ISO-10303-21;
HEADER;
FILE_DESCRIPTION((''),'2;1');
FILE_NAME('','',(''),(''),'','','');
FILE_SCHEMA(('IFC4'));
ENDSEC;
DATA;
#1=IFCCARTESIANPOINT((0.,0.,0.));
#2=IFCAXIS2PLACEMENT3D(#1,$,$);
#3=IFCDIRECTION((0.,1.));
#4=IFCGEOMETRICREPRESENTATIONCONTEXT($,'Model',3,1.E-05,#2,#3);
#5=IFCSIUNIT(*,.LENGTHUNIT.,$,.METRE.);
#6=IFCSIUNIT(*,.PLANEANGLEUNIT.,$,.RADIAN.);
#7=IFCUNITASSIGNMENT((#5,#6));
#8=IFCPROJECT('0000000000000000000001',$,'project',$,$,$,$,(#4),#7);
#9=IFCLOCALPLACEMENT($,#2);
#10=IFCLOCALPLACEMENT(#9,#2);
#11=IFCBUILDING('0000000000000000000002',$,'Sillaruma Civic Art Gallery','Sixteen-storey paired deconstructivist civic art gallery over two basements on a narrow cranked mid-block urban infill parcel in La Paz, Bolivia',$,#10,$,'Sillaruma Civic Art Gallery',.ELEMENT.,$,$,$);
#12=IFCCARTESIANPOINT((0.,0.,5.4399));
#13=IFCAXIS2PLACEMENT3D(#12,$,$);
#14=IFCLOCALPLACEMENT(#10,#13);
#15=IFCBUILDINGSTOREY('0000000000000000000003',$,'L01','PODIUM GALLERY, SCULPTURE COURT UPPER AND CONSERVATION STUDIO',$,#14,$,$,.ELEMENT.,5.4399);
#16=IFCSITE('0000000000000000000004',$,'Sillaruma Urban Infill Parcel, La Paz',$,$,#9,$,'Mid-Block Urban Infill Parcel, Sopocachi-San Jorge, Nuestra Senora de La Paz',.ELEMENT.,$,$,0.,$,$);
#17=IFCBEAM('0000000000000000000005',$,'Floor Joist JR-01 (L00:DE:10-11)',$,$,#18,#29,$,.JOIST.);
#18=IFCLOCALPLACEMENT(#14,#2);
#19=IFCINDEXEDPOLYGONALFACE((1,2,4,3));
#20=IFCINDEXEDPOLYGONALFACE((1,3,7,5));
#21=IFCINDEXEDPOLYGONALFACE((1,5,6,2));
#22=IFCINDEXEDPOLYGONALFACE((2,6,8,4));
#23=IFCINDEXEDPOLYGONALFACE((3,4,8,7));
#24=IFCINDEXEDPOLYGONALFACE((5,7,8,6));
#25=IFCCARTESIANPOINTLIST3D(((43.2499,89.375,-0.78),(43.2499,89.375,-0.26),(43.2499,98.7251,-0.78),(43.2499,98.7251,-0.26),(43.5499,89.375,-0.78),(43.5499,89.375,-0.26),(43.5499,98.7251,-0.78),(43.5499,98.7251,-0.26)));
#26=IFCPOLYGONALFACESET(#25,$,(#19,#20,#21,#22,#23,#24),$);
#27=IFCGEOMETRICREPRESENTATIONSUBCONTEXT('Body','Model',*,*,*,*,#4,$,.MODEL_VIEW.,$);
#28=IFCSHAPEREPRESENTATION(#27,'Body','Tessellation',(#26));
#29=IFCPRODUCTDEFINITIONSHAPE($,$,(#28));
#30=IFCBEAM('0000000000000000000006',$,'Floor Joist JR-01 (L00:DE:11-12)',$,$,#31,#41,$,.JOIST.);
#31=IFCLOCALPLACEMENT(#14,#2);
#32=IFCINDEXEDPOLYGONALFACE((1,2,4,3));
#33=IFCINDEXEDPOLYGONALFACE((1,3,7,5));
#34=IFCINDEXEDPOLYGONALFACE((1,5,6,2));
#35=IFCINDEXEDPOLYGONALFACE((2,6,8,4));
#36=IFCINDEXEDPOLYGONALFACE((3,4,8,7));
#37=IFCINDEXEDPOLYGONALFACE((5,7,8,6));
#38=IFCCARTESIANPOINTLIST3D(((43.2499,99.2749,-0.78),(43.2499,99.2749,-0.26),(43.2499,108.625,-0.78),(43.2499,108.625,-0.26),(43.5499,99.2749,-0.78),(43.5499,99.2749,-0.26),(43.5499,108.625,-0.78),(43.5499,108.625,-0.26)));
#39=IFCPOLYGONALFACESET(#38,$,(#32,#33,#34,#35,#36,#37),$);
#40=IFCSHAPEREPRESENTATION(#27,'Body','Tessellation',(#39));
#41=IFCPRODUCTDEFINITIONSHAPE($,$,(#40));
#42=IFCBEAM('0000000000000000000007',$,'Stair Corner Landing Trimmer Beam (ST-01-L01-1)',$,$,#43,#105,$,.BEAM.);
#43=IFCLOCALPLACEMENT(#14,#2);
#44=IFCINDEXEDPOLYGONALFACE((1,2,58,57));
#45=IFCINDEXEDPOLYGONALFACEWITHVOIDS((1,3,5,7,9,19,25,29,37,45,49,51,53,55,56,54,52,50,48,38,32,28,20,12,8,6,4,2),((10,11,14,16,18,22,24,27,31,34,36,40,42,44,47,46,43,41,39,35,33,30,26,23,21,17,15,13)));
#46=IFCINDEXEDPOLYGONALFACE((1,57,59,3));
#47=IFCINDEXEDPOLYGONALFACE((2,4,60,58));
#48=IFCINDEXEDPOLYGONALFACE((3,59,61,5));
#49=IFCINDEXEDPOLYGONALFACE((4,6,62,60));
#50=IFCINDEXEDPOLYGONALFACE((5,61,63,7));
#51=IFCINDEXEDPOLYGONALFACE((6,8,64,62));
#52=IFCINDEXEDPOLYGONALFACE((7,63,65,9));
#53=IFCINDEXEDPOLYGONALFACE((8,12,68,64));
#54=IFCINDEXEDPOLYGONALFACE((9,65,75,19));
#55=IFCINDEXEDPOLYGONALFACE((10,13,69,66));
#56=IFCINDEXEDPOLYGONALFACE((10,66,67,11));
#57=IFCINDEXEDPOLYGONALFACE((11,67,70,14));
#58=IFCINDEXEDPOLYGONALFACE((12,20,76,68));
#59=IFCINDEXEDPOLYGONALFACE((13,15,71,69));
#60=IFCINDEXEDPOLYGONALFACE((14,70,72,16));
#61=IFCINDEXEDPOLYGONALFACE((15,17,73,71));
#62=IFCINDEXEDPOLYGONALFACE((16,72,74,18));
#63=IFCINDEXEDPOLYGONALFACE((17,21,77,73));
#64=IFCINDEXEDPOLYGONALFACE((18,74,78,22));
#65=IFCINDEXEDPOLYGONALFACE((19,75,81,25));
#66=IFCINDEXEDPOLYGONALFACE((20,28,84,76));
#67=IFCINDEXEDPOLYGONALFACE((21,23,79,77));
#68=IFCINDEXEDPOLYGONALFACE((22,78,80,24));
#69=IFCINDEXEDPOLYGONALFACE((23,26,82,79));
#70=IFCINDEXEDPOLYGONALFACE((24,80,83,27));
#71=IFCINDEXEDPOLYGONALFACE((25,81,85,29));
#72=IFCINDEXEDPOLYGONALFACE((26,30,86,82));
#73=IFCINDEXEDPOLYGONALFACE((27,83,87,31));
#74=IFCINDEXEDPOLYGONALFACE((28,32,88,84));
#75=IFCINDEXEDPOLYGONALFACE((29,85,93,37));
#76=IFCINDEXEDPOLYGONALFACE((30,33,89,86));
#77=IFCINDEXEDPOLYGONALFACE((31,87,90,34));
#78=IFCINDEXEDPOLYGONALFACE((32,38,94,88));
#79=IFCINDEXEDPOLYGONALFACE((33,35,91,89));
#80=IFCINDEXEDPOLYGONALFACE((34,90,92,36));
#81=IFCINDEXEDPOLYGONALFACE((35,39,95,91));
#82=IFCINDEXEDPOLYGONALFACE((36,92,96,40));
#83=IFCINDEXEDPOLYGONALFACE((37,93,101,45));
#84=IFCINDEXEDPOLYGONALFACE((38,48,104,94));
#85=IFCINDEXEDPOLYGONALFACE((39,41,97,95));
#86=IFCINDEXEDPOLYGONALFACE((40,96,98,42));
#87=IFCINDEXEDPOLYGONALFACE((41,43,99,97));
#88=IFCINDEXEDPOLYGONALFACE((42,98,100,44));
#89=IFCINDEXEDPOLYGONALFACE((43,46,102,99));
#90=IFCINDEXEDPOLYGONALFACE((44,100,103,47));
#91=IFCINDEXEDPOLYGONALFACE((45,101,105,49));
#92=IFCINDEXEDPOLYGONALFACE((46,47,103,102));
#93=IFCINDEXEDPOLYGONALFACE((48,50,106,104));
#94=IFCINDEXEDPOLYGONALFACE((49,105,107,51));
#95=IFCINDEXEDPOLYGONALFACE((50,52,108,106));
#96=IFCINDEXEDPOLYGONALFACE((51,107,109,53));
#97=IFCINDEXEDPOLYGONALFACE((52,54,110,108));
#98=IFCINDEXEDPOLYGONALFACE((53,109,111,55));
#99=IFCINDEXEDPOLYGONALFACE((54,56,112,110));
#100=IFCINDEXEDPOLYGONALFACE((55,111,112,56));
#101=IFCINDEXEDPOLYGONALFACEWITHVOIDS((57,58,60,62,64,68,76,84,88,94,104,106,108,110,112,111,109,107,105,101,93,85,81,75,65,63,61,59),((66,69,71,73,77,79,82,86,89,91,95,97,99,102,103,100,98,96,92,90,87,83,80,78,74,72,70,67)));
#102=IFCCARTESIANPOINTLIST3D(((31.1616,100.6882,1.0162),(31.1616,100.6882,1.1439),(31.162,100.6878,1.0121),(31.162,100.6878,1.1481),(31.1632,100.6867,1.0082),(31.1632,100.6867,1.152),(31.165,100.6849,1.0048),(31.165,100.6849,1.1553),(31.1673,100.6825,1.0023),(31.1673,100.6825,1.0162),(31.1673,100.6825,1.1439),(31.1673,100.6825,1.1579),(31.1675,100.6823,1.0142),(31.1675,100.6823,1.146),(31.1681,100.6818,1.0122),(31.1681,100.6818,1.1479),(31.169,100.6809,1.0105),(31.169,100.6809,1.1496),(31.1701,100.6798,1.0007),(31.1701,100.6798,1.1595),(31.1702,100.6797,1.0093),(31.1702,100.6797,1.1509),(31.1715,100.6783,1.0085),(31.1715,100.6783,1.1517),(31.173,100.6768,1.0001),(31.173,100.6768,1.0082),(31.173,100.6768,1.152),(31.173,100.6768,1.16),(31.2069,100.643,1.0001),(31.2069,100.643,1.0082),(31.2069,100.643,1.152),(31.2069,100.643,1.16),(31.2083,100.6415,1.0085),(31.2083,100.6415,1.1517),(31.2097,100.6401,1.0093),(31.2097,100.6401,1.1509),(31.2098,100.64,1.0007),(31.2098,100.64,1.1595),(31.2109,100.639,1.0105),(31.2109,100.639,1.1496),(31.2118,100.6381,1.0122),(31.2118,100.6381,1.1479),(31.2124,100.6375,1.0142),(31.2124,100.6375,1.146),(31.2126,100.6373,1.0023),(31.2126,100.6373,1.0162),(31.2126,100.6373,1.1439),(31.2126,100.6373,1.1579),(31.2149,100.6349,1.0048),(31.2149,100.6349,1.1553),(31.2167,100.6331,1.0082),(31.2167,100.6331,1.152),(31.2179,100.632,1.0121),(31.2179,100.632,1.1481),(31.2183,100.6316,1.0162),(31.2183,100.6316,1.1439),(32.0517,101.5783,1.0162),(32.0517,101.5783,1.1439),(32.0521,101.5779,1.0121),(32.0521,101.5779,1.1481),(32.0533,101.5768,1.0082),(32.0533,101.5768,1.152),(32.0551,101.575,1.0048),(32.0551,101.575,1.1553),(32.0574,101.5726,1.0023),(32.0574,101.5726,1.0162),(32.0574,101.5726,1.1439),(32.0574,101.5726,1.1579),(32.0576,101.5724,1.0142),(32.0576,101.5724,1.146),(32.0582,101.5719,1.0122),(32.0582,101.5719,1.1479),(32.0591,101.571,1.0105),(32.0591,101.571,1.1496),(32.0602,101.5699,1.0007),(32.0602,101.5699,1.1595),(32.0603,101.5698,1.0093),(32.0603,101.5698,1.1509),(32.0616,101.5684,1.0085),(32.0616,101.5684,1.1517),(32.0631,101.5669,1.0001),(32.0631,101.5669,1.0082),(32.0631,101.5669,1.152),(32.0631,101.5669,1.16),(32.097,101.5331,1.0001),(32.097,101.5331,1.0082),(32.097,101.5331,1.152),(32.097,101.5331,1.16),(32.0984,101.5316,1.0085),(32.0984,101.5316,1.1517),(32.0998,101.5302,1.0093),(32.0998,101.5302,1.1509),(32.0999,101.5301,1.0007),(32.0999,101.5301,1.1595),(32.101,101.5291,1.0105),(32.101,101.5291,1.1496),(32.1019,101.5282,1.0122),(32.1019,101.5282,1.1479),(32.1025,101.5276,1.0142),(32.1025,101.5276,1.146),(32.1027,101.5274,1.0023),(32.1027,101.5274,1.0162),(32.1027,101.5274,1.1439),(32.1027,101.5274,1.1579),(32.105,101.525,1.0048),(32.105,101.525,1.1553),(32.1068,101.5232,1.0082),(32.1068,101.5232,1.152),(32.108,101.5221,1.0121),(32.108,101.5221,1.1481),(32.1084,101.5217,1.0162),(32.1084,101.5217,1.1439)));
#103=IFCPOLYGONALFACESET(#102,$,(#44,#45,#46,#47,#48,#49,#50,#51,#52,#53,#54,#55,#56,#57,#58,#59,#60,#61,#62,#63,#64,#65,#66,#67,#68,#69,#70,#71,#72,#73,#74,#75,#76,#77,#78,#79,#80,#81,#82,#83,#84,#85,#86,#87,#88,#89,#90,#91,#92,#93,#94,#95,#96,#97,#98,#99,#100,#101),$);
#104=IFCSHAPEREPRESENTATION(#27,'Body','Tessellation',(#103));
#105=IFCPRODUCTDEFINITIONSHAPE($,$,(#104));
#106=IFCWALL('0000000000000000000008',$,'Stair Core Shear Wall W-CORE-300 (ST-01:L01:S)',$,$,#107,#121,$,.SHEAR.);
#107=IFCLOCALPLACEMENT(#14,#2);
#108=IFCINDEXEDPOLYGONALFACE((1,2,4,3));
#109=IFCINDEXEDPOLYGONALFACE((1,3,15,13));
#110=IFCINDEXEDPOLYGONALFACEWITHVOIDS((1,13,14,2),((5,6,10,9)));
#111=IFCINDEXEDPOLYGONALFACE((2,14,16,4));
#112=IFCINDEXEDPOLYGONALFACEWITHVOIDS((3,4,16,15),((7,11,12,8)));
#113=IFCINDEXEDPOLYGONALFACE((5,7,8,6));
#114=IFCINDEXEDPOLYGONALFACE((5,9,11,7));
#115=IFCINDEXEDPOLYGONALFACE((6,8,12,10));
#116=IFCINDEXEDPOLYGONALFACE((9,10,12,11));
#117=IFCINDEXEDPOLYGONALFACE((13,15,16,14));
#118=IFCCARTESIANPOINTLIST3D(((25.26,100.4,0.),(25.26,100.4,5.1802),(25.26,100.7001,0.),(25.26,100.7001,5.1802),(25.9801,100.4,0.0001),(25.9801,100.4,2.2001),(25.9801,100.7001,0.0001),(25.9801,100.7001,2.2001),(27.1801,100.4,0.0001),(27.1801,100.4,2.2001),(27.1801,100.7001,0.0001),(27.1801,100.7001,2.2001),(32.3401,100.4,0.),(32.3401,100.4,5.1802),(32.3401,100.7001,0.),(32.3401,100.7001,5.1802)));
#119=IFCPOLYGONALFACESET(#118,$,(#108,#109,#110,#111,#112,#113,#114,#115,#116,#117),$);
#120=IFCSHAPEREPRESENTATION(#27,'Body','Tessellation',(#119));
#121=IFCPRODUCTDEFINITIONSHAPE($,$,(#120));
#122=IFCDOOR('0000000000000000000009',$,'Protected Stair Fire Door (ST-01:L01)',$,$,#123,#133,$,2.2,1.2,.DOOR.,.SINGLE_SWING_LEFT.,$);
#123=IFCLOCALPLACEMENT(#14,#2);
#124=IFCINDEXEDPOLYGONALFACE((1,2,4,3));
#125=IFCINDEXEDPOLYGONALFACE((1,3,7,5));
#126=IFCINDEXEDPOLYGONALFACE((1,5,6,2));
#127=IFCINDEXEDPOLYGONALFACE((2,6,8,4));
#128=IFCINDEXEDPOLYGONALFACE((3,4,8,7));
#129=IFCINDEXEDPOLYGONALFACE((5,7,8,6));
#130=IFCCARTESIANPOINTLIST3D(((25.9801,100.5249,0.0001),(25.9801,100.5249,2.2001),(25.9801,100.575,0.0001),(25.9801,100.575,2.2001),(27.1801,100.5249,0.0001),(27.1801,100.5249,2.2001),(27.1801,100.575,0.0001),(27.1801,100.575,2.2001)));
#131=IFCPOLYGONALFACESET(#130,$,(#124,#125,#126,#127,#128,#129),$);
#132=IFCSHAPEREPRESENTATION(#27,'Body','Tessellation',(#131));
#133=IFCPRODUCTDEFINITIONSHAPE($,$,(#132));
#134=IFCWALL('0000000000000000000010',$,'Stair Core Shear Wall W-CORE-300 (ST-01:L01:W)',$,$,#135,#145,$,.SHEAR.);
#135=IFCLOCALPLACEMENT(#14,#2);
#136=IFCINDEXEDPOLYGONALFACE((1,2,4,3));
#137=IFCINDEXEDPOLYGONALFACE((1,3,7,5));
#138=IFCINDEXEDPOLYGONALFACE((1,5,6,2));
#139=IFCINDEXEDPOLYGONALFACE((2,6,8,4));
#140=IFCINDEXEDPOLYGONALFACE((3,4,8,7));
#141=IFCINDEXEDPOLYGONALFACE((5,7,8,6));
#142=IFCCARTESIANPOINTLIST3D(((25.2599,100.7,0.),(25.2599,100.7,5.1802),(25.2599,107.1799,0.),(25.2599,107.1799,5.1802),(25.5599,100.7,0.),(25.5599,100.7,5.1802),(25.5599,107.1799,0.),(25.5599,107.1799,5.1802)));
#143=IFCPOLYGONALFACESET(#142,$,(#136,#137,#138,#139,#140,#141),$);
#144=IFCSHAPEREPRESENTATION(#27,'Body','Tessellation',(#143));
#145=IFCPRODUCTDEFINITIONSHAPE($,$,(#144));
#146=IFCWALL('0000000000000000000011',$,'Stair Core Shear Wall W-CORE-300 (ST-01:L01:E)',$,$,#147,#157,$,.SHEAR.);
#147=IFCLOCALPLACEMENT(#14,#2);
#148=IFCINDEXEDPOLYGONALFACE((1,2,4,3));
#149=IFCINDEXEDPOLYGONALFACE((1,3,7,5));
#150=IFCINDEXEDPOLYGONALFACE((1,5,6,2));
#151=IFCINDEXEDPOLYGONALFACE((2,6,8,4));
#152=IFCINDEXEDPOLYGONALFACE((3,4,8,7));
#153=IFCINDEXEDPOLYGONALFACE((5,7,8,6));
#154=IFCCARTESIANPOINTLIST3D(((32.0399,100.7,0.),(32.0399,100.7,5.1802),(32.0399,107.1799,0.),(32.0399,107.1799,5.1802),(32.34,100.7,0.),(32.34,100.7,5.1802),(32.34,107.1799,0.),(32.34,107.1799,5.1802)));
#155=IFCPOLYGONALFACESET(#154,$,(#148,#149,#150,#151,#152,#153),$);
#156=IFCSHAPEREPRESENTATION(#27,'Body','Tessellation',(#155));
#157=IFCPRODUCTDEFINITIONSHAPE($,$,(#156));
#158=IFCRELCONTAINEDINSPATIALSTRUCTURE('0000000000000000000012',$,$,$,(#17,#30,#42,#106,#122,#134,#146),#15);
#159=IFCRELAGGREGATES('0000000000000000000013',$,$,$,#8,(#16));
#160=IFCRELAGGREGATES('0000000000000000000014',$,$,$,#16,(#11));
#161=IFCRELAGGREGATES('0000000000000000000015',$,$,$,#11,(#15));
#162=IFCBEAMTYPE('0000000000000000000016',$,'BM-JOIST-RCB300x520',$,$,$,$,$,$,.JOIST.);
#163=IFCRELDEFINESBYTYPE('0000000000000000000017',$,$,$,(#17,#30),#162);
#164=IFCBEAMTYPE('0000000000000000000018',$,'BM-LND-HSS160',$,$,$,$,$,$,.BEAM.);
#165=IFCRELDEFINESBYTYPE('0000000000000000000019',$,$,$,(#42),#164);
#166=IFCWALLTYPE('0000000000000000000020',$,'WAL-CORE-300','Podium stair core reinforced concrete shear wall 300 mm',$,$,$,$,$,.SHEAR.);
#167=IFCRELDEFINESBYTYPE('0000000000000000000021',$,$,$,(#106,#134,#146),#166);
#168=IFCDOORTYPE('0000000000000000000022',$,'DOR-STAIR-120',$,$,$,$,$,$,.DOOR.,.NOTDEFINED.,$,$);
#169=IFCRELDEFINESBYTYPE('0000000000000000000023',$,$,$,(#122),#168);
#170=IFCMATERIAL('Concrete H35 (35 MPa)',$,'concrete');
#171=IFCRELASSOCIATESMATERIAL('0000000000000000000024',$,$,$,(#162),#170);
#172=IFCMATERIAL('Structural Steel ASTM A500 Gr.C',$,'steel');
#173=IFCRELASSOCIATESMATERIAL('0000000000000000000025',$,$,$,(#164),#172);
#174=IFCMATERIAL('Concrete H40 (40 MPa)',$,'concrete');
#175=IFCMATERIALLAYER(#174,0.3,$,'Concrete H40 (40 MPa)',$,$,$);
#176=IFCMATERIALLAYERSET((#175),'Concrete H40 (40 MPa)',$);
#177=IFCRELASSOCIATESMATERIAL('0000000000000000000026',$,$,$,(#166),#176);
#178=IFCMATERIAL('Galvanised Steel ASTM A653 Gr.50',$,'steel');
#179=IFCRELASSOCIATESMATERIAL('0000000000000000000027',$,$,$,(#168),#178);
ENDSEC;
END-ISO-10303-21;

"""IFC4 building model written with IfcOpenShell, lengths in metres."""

from ifc_helpers import new_model, si_unit, direction, frame, frame_2d, origin, origin_2d, place, context, subcontext, project, spatial, rectangle, hollow_rectangle, extrude, material, layer, layer_set, material_profile, profile_set, type_object, element, fill, save


model = new_model("IFC4")

# Units and contexts
model_context = context("Model", 3, precision=1e-05, world=origin(), true_north=direction((0.0, 1.0)))
body_context = subcontext(model_context, "Body", "Model", "MODEL_VIEW")
ifc_project = project(units=[si_unit("LENGTHUNIT", "METRE"), si_unit("PLANEANGLEUNIT", "RADIAN")], contexts=[model_context])

# Site, building, storey
site_placement = place(None, origin())
site = spatial("IfcSite", under=ifc_project, at=site_placement, Name="Sillaruma Urban Infill Parcel, La Paz", LongName="Mid-Block Urban Infill Parcel, Sopocachi-San Jorge, Nuestra Senora de La Paz", CompositionType="ELEMENT", RefElevation=0.0)
building_placement = place(site_placement, origin())
building = spatial("IfcBuilding", under=site, at=building_placement, Name="Sillaruma Civic Art Gallery", Description="Sixteen-storey paired deconstructivist civic art gallery over two basements on a narrow cranked mid-block urban infill parcel in La Paz, Bolivia", LongName="Sillaruma Civic Art Gallery", CompositionType="ELEMENT")
storey_placement = place(building_placement, frame((0.0, 0.0, 5.4399)))
storey = spatial("IfcBuildingStorey", under=building, at=storey_placement, Name="L01", Description="PODIUM GALLERY, SCULPTURE COURT UPPER AND CONSERVATION STUDIO", CompositionType="ELEMENT", Elevation=5.4399)

# Shared definitions
ifc_material_1 = material(Name="Concrete H40 (40 MPa)", Category="concrete")

# Beams
ifc_material_2 = material(Name="Concrete H35 (35 MPa)", Category="concrete")
ifc_material_profile_1 = material_profile(ifc_material_2, rectangle(XDim=0.3, YDim=0.52, at=origin_2d()), Name="RCB300x520")
ifc_profile_set_1 = profile_set([ifc_material_profile_1], Name="Concrete H35 (35 MPa)")
beam_type_1 = type_object("IfcBeamType", Name="BM-JOIST-RCB300x520", PredefinedType="JOIST", material=ifc_profile_set_1)
for number, where, z_axis, x_axis, name in (
    (1, (43.3999, 89.375, -0.52), (0.0, 1.0, 0.0), (-1.0, 0.0, 0.0), "Floor Joist JR-01 (L00:DE:10-11)"),
    (2, (43.3999, 99.2749, -0.52), (0.0, 1.0, 0.0), (-1.0, 0.0, 0.0), "Floor Joist JR-01 (L00:DE:11-12)"),
):
    element("IfcBeam", number, at=place(storey_placement, frame(where, z_axis=z_axis, x_axis=x_axis)), inside=storey, type_object=beam_type_1, Name=name, PredefinedType="JOIST", context=body_context, shape_type="SweptSolid", body=[
        extrude(rectangle(XDim=0.3, YDim=0.52, at=origin_2d()), origin(), (0.0, 0.0, 1.0), 9.3501),
    ])
ifc_material_3 = material(Name="Structural Steel ASTM A500 Gr.C", Category="steel")
ifc_material_profile_2 = material_profile(ifc_material_3, hollow_rectangle(XDim=0.0801, YDim=0.1599, WallThickness=0.0081, InnerFilletRadius=0.0081, OuterFilletRadius=0.0161, at=origin_2d()), Name="HSS160x80x8")
ifc_profile_set_2 = profile_set([ifc_material_profile_2], Name="Structural Steel ASTM A500 Gr.C")
beam_type_2 = type_object("IfcBeamType", Name="BM-LND-HSS160", PredefinedType="BEAM", material=ifc_profile_set_2)
beam_1_placement = place(storey_placement, frame((31.1899, 100.6599, 1.0801), z_axis=(0.707107, 0.707107, 0.0), x_axis=(-0.707107, 0.707107, 0.0)))
element("IfcBeam", 3, at=beam_1_placement, inside=storey, type_object=beam_type_2, Name="Stair Corner Landing Trimmer Beam (ST-01-L01-1)", PredefinedType="BEAM", context=body_context, shape_type="SweptSolid", body=[
    extrude(hollow_rectangle(XDim=0.0801, YDim=0.1599, WallThickness=0.0081, InnerFilletRadius=0.0081, OuterFilletRadius=0.0161, at=origin_2d()), origin(), (0.0, 0.0, 1.0), 1.2588),
])

# Wall, opening, door
ifc_layer_1 = layer(ifc_material_1, 0.3, Name="Concrete H40 (40 MPa)")
ifc_layer_set_1 = layer_set([ifc_layer_1], Name="Concrete H40 (40 MPa)")
wall_type_1 = type_object("IfcWallType", Name="WAL-CORE-300", Description="Podium stair core reinforced concrete shear wall 300 mm", PredefinedType="SHEAR", material=ifc_layer_set_1)
wall_1_placement = place(storey_placement, frame((25.26, 100.55, 0.0), z_axis=(0.0, 0.0, 1.0), x_axis=(1.0, 0.0, 0.0)))
wall_1 = element("IfcWall", 4, at=wall_1_placement, inside=storey, type_object=wall_type_1, Name="Stair Core Shear Wall W-CORE-300 (ST-01:L01:S)", PredefinedType="SHEAR", context=body_context, shape_type="SweptSolid", body=[
    extrude(rectangle(XDim=7.0801, YDim=0.3, at=frame_2d((3.54, 0.0))), origin(), (0.0, 0.0, 1.0), 5.1802),
])
opening_1_placement = place(wall_1_placement, frame((0.72, 0.0, 0.0)))
opening_1 = element("IfcOpeningElement", 5, at=opening_1_placement, cuts=wall_1, PredefinedType="OPENING", context=body_context, shape_type="SweptSolid", body=[
    extrude(rectangle(XDim=1.2, YDim=2.2, at=frame_2d((0.6001, 1.1001))), frame((0.0, 0.1599, 0.0), z_axis=(0.0, -1.0, 0.0), x_axis=(1.0, 0.0, 0.0)), (0.0, 0.0, 1.0), 0.3201),
])
ifc_material_4 = material(Name="Galvanised Steel ASTM A653 Gr.50", Category="steel")
door_type_1 = type_object("IfcDoorType", Name="DOR-STAIR-120", OperationType="NOTDEFINED", PredefinedType="DOOR", material=ifc_material_4)
door_1_placement = place(opening_1_placement, origin())
door_1 = element("IfcDoor", 6, at=door_1_placement, inside=storey, type_object=door_type_1, Name="Protected Stair Fire Door (ST-01:L01)", OperationType="SINGLE_SWING_LEFT", OverallHeight=2.2, OverallWidth=1.2, PredefinedType="DOOR", context=body_context, shape_type="SweptSolid", body=[
    extrude(rectangle(XDim=1.2, YDim=2.2, at=frame_2d((0.6001, 1.1001))), frame((0.0, 0.0249, 0.0), z_axis=(0.0, -1.0, 0.0), x_axis=(1.0, 0.0, 0.0)), (0.0, 0.0, 1.0), 0.05),
])
fill(opening_1, door_1)

# Walls
for number, where, z_axis, x_axis, name in (
    (7, (25.4099, 100.7, 0.0), (0.0, 0.0, 1.0), (0.0, 1.0, 0.0), "Stair Core Shear Wall W-CORE-300 (ST-01:L01:W)"),
    (8, (32.1899, 100.7, 0.0), (0.0, 0.0, 1.0), (0.0, 1.0, 0.0), "Stair Core Shear Wall W-CORE-300 (ST-01:L01:E)"),
):
    element("IfcWall", number, at=place(storey_placement, frame(where, z_axis=z_axis, x_axis=x_axis)), inside=storey, type_object=wall_type_1, Name=name, PredefinedType="SHEAR", context=body_context, shape_type="SweptSolid", body=[
        extrude(rectangle(XDim=6.48, YDim=0.3, at=frame_2d((3.24, 0.0))), origin(), (0.0, 0.0, 1.0), 5.1802),
    ])

save(model, "model.ifc")
